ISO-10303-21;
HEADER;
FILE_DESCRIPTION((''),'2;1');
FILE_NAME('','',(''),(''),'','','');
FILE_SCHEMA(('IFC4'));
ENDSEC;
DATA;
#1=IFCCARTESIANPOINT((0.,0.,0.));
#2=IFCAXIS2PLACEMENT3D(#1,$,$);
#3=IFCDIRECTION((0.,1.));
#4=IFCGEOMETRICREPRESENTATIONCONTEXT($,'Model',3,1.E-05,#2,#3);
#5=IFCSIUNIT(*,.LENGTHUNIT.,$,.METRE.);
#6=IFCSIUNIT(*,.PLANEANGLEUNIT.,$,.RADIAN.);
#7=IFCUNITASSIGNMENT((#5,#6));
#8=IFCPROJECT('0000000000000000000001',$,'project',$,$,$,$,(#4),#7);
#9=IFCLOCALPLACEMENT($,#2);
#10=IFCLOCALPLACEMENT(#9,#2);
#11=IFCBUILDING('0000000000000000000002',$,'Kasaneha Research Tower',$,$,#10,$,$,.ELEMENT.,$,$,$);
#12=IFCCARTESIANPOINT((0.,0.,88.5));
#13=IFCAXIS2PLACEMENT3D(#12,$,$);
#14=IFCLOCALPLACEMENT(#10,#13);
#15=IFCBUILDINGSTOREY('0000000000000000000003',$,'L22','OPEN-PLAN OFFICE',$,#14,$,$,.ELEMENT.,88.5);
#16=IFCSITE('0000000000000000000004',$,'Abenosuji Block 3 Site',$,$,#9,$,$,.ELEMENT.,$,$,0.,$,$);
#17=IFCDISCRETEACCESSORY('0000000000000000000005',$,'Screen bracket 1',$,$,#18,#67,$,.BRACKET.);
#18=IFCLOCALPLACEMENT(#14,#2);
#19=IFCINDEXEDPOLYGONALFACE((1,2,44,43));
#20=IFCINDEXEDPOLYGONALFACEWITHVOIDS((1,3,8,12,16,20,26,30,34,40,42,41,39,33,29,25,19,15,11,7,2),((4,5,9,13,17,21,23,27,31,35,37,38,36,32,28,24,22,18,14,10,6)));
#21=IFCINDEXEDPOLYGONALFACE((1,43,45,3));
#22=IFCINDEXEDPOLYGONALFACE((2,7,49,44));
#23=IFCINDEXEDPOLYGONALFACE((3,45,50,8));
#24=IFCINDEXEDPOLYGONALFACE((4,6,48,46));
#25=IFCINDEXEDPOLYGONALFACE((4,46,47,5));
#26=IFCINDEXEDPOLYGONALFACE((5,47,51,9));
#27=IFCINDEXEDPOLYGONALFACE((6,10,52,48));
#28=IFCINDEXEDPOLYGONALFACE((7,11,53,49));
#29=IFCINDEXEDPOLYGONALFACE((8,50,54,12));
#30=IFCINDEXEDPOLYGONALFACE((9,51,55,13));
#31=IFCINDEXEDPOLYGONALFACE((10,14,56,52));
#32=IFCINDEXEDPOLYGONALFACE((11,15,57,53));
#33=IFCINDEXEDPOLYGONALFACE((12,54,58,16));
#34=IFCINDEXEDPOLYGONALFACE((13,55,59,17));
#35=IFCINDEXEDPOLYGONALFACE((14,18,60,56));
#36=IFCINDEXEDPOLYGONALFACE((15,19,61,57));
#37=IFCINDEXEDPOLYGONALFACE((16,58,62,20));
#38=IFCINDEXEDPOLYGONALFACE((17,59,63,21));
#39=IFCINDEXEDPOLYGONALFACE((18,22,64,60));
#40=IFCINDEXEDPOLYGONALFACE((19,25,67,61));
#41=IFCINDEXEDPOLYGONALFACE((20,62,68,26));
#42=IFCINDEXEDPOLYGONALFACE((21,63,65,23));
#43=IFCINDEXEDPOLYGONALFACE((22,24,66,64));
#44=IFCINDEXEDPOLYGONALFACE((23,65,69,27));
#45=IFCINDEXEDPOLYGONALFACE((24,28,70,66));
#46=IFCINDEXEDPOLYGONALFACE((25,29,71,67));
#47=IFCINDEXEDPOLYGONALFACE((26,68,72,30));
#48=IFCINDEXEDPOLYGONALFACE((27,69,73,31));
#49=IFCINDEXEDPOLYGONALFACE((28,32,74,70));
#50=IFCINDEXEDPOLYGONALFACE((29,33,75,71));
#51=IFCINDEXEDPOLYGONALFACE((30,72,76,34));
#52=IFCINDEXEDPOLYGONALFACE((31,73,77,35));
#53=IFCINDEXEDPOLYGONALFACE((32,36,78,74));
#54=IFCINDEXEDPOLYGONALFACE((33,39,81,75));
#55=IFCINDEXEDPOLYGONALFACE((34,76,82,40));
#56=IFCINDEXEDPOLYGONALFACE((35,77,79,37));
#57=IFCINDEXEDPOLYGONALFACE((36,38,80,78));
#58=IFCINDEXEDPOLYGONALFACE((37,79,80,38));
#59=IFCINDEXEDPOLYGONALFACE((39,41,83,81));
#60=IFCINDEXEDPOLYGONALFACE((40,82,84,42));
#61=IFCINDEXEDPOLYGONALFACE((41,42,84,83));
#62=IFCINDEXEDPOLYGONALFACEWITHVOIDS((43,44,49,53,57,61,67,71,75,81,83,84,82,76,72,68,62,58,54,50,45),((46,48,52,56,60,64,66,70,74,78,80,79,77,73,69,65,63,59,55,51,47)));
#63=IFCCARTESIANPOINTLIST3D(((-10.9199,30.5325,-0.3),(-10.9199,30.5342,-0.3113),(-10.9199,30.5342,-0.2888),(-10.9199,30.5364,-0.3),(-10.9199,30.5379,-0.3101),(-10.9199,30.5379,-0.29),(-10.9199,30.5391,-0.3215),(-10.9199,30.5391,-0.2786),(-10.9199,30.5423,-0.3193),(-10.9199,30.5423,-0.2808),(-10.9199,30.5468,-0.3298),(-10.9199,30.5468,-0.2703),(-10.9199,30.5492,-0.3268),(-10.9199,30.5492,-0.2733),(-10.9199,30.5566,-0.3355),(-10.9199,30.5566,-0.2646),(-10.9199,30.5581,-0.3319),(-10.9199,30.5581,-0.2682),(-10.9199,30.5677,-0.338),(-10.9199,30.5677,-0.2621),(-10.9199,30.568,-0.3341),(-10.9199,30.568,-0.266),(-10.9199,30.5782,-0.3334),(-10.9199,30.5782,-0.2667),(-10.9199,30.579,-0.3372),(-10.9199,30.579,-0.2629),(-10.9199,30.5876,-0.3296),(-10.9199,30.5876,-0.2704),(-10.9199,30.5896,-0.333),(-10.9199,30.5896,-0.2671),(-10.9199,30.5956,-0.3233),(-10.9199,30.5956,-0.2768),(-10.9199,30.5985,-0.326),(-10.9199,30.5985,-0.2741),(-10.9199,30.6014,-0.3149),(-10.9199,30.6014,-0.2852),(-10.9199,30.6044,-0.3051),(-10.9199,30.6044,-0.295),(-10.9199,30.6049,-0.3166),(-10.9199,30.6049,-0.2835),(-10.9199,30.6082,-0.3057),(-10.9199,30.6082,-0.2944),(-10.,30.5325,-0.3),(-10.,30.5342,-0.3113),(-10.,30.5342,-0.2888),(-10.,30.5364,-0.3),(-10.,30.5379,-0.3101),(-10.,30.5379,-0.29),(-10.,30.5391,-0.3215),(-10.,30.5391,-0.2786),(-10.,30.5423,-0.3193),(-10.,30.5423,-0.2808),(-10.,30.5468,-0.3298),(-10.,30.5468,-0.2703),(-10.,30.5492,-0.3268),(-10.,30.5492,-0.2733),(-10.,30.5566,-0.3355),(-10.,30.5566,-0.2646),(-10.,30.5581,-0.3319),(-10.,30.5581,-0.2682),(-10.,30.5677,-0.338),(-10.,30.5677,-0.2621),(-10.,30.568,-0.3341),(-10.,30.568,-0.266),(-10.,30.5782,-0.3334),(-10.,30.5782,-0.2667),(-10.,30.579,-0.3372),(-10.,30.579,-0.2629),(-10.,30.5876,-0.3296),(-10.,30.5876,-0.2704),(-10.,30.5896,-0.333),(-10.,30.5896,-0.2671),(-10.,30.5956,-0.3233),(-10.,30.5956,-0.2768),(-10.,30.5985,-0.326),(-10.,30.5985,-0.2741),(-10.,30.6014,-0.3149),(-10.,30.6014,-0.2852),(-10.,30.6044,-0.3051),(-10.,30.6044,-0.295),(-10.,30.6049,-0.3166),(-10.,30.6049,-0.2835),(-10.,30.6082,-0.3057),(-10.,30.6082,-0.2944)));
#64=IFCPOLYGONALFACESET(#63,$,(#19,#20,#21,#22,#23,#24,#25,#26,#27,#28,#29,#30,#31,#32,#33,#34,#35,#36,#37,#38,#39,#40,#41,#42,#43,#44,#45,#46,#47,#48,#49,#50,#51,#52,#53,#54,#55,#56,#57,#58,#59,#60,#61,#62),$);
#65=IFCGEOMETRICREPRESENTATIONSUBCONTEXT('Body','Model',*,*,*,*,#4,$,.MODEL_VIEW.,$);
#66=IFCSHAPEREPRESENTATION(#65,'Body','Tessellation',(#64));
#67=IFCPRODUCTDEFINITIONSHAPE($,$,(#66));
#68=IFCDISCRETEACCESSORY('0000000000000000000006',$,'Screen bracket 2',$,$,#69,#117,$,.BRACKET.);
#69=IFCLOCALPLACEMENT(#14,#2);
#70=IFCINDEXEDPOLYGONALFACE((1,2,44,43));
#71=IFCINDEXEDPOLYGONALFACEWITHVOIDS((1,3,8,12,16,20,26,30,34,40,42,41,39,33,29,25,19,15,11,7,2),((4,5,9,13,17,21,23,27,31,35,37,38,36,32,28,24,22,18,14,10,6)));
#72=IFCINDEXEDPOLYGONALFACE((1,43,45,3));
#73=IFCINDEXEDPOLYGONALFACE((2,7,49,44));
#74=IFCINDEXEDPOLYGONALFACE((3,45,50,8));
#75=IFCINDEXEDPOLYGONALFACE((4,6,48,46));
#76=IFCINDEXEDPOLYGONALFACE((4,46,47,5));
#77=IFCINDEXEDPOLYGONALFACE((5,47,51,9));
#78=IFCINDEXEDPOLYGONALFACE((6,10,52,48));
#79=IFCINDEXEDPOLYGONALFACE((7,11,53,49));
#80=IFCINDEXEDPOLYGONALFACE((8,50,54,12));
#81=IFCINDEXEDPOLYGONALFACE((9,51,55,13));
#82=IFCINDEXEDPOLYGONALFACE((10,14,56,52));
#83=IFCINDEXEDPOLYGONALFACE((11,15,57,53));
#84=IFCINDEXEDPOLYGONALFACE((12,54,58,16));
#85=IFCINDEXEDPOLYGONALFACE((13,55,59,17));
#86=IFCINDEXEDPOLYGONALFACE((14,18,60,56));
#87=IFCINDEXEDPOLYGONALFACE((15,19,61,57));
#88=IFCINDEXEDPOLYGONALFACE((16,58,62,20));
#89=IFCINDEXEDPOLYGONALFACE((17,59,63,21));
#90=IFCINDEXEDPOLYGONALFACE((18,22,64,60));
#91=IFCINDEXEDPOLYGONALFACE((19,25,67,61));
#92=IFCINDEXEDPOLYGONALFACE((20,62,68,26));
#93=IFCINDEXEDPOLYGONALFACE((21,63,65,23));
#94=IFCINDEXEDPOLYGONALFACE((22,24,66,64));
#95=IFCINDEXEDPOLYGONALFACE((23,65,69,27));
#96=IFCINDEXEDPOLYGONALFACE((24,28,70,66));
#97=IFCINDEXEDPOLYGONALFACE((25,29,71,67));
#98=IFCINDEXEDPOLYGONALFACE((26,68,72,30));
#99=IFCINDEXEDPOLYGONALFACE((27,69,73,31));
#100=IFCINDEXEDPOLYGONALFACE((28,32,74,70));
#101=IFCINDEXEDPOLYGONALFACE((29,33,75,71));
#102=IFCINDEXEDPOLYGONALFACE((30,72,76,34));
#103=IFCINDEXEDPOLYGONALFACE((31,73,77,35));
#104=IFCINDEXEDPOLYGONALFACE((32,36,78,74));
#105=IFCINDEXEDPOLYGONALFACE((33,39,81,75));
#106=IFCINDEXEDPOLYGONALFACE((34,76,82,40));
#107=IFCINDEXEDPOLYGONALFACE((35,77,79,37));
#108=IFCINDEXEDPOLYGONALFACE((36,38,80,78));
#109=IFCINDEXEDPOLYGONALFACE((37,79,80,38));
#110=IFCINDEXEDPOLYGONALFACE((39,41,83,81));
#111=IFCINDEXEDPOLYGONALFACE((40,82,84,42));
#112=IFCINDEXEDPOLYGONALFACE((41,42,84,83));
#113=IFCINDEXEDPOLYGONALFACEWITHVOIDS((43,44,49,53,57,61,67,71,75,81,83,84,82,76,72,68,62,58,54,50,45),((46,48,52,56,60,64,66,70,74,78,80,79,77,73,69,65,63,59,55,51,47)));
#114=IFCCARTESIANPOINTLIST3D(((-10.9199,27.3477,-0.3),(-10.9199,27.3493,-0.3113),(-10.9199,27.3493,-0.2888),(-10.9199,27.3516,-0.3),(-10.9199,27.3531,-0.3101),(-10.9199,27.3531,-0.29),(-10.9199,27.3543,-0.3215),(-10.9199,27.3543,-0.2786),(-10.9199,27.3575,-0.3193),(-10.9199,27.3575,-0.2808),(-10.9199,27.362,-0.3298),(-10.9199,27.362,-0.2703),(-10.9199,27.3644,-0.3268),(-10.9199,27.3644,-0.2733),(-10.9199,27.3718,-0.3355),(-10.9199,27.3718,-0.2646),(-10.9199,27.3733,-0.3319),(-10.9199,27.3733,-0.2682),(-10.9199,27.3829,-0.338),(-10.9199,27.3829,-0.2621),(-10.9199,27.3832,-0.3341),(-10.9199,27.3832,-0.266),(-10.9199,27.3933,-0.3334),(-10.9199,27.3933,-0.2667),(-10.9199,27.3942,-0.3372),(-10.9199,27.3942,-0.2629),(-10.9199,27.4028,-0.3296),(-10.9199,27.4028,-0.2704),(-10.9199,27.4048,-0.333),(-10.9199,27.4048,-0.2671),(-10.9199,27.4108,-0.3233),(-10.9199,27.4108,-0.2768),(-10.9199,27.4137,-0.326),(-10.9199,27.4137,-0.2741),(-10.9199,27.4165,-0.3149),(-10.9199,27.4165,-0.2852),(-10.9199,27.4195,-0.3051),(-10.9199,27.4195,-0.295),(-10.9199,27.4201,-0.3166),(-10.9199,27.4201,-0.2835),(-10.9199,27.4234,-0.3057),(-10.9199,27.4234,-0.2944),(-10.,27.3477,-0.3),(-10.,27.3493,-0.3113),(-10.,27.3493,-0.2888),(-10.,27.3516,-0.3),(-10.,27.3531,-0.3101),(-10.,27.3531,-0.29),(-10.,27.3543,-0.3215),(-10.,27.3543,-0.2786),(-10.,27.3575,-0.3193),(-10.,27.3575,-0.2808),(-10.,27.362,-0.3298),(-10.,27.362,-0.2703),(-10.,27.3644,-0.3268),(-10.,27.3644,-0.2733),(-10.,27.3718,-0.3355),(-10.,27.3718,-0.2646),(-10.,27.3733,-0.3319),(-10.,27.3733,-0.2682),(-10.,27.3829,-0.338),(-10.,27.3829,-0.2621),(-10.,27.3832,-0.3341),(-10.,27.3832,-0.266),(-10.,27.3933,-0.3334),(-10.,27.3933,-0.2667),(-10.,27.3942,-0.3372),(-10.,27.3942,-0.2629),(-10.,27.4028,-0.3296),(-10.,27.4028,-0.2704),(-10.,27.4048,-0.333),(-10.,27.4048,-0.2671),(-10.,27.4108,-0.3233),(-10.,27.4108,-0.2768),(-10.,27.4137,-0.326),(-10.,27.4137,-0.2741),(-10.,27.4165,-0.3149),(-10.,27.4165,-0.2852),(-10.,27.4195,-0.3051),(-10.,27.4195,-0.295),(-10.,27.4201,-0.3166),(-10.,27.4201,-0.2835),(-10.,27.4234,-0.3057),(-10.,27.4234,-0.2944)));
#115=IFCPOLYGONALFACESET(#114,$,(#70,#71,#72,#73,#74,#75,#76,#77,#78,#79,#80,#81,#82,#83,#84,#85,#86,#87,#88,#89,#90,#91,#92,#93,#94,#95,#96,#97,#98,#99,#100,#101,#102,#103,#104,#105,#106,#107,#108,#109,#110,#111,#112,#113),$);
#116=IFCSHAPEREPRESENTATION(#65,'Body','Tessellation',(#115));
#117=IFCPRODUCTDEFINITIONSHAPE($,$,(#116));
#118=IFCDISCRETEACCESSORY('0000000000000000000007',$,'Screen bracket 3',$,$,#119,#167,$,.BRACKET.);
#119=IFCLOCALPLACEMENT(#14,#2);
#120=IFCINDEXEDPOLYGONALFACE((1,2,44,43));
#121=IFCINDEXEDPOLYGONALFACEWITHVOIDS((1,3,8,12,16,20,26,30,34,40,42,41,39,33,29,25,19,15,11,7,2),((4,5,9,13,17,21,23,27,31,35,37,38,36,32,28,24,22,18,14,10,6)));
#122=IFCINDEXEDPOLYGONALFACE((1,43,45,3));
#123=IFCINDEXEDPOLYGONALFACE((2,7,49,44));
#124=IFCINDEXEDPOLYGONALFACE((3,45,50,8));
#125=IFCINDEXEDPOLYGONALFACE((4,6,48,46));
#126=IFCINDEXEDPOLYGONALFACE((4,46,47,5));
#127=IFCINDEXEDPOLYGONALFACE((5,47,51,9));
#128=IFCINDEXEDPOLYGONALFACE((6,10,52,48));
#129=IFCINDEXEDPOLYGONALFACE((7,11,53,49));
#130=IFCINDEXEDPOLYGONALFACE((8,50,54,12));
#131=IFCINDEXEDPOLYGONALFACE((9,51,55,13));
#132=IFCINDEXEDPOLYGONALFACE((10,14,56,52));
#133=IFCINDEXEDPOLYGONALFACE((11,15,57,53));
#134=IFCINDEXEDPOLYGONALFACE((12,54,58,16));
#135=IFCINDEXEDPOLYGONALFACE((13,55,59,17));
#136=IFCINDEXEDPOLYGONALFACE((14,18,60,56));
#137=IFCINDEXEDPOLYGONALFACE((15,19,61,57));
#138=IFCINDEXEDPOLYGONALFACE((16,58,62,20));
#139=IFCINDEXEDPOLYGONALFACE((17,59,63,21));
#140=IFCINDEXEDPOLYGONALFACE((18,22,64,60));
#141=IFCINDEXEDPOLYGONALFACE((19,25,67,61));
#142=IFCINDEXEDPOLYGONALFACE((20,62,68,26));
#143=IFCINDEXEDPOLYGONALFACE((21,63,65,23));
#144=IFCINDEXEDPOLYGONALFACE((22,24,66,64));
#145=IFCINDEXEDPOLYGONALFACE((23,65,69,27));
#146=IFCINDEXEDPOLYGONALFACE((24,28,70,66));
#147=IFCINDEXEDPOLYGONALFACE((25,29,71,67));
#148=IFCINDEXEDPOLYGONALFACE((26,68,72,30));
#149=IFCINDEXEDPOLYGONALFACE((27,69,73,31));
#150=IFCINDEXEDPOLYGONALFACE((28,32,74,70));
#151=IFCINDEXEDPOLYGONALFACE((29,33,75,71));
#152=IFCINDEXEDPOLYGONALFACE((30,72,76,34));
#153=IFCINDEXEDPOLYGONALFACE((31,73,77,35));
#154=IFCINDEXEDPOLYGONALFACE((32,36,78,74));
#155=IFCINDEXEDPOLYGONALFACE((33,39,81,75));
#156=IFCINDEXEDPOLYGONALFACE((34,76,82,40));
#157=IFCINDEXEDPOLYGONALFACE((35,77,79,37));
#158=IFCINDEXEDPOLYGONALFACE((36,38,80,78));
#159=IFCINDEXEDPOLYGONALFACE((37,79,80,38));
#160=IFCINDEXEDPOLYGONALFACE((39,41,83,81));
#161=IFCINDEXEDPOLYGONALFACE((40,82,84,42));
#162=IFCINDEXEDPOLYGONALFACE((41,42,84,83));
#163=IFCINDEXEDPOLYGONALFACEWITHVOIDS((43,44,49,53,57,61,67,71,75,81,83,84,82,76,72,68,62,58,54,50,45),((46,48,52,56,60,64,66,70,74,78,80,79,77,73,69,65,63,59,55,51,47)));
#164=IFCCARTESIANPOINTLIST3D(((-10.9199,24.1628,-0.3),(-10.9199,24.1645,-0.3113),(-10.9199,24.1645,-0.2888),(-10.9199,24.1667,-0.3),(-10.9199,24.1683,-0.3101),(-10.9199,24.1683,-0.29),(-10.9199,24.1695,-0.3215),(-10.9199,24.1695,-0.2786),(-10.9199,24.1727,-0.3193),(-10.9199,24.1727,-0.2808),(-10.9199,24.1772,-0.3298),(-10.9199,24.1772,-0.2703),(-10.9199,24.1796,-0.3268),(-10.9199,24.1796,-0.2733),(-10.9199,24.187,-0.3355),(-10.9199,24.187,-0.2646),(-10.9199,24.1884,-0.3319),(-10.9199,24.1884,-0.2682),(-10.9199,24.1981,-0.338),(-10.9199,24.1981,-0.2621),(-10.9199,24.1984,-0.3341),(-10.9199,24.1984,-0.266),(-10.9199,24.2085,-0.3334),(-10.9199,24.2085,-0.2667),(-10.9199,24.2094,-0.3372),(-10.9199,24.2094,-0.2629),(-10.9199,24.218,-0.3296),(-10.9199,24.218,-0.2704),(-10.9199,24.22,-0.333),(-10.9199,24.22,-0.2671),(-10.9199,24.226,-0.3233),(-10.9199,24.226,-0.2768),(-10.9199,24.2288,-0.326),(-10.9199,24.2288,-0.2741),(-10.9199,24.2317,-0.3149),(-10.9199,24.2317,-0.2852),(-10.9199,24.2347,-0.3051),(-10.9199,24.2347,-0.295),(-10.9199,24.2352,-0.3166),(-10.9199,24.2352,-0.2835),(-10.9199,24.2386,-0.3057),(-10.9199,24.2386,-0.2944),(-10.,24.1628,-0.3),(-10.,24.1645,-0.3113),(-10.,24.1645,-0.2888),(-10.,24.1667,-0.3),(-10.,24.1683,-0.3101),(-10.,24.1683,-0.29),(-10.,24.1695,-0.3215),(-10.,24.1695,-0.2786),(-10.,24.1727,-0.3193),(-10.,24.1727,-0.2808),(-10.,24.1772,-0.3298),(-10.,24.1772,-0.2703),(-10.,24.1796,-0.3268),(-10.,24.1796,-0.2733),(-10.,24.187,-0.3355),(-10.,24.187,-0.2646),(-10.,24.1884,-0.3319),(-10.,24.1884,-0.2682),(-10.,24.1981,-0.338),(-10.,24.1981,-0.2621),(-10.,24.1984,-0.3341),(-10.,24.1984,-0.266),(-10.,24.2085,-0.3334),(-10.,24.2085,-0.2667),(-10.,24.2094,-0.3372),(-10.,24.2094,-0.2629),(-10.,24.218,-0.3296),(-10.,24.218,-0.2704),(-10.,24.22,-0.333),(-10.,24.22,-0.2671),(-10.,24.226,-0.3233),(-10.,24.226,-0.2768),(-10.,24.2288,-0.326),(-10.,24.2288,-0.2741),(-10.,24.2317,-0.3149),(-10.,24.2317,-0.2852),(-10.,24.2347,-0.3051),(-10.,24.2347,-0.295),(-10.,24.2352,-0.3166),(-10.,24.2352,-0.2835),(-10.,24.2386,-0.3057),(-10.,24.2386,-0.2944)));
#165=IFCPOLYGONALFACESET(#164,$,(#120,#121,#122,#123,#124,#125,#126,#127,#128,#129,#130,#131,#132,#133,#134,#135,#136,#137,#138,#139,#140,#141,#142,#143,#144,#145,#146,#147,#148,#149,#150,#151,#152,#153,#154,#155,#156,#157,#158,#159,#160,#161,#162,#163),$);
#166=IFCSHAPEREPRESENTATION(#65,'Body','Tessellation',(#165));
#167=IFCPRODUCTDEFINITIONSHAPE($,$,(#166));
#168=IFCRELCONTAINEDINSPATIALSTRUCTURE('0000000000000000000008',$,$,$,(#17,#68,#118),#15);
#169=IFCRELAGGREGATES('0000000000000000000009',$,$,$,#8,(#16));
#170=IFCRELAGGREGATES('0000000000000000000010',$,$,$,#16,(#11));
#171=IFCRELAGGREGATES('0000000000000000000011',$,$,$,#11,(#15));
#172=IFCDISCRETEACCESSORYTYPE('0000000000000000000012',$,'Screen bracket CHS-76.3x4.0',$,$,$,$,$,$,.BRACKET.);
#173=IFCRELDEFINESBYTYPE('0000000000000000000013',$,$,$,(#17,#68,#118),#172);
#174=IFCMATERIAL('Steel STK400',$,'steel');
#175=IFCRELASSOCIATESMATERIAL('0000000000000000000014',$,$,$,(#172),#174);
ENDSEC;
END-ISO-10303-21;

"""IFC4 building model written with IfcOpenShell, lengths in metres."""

from ifc_helpers import new_model, si_unit, direction, frame, origin, origin_2d, place, context, subcontext, project, spatial, hollow_circle, extrude, material, material_profile, profile_set, type_object, element, save


model = new_model("IFC4")

# Units and contexts
model_context = context("Model", 3, precision=1e-05, world=origin(), true_north=direction((0.0, 1.0)))
body_context = subcontext(model_context, "Body", "Model", "MODEL_VIEW")
ifc_project = project(units=[si_unit("LENGTHUNIT", "METRE"), si_unit("PLANEANGLEUNIT", "RADIAN")], contexts=[model_context])

# Site, building, storey
site_placement = place(None, origin())
site = spatial("IfcSite", under=ifc_project, at=site_placement, Name="Abenosuji Block 3 Site", CompositionType="ELEMENT", RefElevation=0.0)
building_placement = place(site_placement, origin())
building = spatial("IfcBuilding", under=site, at=building_placement, Name="Kasaneha Research Tower", CompositionType="ELEMENT")
storey_placement = place(building_placement, frame((0.0, 0.0, 88.5)))
storey = spatial("IfcBuildingStorey", under=building, at=storey_placement, Name="L22", Description="OPEN-PLAN OFFICE", CompositionType="ELEMENT", Elevation=88.5)

# Discrete accessories
ifc_material_1 = material(Name="Steel STK400", Category="steel")
ifc_material_profile_1 = material_profile(ifc_material_1, hollow_circle(Radius=0.0381, WallThickness=0.0039, at=origin_2d()), Name="CHS-76.3x4.0")
ifc_profile_set_1 = profile_set([ifc_material_profile_1], Name="Steel STK400")
discrete_accessory_type = type_object("IfcDiscreteAccessoryType", Name="Screen bracket CHS-76.3x4.0", PredefinedType="BRACKET", material=ifc_profile_set_1)
for number, where, z_axis, x_axis, name in (
    (1, (-10.0, 30.5706, -0.3), (-1.0, 0.0, 0.0), (0.0, -1.0, 0.0), "Screen bracket 1"),
    (2, (-10.0, 27.3857, -0.3), (-1.0, 0.0, 0.0), (0.0, -1.0, 0.0), "Screen bracket 2"),
    (3, (-10.0, 24.2009, -0.3), (-1.0, 0.0, 0.0), (0.0, -1.0, 0.0), "Screen bracket 3"),
):
    element("IfcDiscreteAccessory", number, at=place(storey_placement, frame(where, z_axis=z_axis, x_axis=x_axis)), inside=storey, type_object=discrete_accessory_type, Name=name, PredefinedType="BRACKET", context=body_context, shape_type="SweptSolid", body=[
        extrude(hollow_circle(Radius=0.0381, WallThickness=0.0039, at=origin_2d()), origin(), (0.0, 0.0, 1.0), 0.9199),
    ])

save(model, "model.ifc")
